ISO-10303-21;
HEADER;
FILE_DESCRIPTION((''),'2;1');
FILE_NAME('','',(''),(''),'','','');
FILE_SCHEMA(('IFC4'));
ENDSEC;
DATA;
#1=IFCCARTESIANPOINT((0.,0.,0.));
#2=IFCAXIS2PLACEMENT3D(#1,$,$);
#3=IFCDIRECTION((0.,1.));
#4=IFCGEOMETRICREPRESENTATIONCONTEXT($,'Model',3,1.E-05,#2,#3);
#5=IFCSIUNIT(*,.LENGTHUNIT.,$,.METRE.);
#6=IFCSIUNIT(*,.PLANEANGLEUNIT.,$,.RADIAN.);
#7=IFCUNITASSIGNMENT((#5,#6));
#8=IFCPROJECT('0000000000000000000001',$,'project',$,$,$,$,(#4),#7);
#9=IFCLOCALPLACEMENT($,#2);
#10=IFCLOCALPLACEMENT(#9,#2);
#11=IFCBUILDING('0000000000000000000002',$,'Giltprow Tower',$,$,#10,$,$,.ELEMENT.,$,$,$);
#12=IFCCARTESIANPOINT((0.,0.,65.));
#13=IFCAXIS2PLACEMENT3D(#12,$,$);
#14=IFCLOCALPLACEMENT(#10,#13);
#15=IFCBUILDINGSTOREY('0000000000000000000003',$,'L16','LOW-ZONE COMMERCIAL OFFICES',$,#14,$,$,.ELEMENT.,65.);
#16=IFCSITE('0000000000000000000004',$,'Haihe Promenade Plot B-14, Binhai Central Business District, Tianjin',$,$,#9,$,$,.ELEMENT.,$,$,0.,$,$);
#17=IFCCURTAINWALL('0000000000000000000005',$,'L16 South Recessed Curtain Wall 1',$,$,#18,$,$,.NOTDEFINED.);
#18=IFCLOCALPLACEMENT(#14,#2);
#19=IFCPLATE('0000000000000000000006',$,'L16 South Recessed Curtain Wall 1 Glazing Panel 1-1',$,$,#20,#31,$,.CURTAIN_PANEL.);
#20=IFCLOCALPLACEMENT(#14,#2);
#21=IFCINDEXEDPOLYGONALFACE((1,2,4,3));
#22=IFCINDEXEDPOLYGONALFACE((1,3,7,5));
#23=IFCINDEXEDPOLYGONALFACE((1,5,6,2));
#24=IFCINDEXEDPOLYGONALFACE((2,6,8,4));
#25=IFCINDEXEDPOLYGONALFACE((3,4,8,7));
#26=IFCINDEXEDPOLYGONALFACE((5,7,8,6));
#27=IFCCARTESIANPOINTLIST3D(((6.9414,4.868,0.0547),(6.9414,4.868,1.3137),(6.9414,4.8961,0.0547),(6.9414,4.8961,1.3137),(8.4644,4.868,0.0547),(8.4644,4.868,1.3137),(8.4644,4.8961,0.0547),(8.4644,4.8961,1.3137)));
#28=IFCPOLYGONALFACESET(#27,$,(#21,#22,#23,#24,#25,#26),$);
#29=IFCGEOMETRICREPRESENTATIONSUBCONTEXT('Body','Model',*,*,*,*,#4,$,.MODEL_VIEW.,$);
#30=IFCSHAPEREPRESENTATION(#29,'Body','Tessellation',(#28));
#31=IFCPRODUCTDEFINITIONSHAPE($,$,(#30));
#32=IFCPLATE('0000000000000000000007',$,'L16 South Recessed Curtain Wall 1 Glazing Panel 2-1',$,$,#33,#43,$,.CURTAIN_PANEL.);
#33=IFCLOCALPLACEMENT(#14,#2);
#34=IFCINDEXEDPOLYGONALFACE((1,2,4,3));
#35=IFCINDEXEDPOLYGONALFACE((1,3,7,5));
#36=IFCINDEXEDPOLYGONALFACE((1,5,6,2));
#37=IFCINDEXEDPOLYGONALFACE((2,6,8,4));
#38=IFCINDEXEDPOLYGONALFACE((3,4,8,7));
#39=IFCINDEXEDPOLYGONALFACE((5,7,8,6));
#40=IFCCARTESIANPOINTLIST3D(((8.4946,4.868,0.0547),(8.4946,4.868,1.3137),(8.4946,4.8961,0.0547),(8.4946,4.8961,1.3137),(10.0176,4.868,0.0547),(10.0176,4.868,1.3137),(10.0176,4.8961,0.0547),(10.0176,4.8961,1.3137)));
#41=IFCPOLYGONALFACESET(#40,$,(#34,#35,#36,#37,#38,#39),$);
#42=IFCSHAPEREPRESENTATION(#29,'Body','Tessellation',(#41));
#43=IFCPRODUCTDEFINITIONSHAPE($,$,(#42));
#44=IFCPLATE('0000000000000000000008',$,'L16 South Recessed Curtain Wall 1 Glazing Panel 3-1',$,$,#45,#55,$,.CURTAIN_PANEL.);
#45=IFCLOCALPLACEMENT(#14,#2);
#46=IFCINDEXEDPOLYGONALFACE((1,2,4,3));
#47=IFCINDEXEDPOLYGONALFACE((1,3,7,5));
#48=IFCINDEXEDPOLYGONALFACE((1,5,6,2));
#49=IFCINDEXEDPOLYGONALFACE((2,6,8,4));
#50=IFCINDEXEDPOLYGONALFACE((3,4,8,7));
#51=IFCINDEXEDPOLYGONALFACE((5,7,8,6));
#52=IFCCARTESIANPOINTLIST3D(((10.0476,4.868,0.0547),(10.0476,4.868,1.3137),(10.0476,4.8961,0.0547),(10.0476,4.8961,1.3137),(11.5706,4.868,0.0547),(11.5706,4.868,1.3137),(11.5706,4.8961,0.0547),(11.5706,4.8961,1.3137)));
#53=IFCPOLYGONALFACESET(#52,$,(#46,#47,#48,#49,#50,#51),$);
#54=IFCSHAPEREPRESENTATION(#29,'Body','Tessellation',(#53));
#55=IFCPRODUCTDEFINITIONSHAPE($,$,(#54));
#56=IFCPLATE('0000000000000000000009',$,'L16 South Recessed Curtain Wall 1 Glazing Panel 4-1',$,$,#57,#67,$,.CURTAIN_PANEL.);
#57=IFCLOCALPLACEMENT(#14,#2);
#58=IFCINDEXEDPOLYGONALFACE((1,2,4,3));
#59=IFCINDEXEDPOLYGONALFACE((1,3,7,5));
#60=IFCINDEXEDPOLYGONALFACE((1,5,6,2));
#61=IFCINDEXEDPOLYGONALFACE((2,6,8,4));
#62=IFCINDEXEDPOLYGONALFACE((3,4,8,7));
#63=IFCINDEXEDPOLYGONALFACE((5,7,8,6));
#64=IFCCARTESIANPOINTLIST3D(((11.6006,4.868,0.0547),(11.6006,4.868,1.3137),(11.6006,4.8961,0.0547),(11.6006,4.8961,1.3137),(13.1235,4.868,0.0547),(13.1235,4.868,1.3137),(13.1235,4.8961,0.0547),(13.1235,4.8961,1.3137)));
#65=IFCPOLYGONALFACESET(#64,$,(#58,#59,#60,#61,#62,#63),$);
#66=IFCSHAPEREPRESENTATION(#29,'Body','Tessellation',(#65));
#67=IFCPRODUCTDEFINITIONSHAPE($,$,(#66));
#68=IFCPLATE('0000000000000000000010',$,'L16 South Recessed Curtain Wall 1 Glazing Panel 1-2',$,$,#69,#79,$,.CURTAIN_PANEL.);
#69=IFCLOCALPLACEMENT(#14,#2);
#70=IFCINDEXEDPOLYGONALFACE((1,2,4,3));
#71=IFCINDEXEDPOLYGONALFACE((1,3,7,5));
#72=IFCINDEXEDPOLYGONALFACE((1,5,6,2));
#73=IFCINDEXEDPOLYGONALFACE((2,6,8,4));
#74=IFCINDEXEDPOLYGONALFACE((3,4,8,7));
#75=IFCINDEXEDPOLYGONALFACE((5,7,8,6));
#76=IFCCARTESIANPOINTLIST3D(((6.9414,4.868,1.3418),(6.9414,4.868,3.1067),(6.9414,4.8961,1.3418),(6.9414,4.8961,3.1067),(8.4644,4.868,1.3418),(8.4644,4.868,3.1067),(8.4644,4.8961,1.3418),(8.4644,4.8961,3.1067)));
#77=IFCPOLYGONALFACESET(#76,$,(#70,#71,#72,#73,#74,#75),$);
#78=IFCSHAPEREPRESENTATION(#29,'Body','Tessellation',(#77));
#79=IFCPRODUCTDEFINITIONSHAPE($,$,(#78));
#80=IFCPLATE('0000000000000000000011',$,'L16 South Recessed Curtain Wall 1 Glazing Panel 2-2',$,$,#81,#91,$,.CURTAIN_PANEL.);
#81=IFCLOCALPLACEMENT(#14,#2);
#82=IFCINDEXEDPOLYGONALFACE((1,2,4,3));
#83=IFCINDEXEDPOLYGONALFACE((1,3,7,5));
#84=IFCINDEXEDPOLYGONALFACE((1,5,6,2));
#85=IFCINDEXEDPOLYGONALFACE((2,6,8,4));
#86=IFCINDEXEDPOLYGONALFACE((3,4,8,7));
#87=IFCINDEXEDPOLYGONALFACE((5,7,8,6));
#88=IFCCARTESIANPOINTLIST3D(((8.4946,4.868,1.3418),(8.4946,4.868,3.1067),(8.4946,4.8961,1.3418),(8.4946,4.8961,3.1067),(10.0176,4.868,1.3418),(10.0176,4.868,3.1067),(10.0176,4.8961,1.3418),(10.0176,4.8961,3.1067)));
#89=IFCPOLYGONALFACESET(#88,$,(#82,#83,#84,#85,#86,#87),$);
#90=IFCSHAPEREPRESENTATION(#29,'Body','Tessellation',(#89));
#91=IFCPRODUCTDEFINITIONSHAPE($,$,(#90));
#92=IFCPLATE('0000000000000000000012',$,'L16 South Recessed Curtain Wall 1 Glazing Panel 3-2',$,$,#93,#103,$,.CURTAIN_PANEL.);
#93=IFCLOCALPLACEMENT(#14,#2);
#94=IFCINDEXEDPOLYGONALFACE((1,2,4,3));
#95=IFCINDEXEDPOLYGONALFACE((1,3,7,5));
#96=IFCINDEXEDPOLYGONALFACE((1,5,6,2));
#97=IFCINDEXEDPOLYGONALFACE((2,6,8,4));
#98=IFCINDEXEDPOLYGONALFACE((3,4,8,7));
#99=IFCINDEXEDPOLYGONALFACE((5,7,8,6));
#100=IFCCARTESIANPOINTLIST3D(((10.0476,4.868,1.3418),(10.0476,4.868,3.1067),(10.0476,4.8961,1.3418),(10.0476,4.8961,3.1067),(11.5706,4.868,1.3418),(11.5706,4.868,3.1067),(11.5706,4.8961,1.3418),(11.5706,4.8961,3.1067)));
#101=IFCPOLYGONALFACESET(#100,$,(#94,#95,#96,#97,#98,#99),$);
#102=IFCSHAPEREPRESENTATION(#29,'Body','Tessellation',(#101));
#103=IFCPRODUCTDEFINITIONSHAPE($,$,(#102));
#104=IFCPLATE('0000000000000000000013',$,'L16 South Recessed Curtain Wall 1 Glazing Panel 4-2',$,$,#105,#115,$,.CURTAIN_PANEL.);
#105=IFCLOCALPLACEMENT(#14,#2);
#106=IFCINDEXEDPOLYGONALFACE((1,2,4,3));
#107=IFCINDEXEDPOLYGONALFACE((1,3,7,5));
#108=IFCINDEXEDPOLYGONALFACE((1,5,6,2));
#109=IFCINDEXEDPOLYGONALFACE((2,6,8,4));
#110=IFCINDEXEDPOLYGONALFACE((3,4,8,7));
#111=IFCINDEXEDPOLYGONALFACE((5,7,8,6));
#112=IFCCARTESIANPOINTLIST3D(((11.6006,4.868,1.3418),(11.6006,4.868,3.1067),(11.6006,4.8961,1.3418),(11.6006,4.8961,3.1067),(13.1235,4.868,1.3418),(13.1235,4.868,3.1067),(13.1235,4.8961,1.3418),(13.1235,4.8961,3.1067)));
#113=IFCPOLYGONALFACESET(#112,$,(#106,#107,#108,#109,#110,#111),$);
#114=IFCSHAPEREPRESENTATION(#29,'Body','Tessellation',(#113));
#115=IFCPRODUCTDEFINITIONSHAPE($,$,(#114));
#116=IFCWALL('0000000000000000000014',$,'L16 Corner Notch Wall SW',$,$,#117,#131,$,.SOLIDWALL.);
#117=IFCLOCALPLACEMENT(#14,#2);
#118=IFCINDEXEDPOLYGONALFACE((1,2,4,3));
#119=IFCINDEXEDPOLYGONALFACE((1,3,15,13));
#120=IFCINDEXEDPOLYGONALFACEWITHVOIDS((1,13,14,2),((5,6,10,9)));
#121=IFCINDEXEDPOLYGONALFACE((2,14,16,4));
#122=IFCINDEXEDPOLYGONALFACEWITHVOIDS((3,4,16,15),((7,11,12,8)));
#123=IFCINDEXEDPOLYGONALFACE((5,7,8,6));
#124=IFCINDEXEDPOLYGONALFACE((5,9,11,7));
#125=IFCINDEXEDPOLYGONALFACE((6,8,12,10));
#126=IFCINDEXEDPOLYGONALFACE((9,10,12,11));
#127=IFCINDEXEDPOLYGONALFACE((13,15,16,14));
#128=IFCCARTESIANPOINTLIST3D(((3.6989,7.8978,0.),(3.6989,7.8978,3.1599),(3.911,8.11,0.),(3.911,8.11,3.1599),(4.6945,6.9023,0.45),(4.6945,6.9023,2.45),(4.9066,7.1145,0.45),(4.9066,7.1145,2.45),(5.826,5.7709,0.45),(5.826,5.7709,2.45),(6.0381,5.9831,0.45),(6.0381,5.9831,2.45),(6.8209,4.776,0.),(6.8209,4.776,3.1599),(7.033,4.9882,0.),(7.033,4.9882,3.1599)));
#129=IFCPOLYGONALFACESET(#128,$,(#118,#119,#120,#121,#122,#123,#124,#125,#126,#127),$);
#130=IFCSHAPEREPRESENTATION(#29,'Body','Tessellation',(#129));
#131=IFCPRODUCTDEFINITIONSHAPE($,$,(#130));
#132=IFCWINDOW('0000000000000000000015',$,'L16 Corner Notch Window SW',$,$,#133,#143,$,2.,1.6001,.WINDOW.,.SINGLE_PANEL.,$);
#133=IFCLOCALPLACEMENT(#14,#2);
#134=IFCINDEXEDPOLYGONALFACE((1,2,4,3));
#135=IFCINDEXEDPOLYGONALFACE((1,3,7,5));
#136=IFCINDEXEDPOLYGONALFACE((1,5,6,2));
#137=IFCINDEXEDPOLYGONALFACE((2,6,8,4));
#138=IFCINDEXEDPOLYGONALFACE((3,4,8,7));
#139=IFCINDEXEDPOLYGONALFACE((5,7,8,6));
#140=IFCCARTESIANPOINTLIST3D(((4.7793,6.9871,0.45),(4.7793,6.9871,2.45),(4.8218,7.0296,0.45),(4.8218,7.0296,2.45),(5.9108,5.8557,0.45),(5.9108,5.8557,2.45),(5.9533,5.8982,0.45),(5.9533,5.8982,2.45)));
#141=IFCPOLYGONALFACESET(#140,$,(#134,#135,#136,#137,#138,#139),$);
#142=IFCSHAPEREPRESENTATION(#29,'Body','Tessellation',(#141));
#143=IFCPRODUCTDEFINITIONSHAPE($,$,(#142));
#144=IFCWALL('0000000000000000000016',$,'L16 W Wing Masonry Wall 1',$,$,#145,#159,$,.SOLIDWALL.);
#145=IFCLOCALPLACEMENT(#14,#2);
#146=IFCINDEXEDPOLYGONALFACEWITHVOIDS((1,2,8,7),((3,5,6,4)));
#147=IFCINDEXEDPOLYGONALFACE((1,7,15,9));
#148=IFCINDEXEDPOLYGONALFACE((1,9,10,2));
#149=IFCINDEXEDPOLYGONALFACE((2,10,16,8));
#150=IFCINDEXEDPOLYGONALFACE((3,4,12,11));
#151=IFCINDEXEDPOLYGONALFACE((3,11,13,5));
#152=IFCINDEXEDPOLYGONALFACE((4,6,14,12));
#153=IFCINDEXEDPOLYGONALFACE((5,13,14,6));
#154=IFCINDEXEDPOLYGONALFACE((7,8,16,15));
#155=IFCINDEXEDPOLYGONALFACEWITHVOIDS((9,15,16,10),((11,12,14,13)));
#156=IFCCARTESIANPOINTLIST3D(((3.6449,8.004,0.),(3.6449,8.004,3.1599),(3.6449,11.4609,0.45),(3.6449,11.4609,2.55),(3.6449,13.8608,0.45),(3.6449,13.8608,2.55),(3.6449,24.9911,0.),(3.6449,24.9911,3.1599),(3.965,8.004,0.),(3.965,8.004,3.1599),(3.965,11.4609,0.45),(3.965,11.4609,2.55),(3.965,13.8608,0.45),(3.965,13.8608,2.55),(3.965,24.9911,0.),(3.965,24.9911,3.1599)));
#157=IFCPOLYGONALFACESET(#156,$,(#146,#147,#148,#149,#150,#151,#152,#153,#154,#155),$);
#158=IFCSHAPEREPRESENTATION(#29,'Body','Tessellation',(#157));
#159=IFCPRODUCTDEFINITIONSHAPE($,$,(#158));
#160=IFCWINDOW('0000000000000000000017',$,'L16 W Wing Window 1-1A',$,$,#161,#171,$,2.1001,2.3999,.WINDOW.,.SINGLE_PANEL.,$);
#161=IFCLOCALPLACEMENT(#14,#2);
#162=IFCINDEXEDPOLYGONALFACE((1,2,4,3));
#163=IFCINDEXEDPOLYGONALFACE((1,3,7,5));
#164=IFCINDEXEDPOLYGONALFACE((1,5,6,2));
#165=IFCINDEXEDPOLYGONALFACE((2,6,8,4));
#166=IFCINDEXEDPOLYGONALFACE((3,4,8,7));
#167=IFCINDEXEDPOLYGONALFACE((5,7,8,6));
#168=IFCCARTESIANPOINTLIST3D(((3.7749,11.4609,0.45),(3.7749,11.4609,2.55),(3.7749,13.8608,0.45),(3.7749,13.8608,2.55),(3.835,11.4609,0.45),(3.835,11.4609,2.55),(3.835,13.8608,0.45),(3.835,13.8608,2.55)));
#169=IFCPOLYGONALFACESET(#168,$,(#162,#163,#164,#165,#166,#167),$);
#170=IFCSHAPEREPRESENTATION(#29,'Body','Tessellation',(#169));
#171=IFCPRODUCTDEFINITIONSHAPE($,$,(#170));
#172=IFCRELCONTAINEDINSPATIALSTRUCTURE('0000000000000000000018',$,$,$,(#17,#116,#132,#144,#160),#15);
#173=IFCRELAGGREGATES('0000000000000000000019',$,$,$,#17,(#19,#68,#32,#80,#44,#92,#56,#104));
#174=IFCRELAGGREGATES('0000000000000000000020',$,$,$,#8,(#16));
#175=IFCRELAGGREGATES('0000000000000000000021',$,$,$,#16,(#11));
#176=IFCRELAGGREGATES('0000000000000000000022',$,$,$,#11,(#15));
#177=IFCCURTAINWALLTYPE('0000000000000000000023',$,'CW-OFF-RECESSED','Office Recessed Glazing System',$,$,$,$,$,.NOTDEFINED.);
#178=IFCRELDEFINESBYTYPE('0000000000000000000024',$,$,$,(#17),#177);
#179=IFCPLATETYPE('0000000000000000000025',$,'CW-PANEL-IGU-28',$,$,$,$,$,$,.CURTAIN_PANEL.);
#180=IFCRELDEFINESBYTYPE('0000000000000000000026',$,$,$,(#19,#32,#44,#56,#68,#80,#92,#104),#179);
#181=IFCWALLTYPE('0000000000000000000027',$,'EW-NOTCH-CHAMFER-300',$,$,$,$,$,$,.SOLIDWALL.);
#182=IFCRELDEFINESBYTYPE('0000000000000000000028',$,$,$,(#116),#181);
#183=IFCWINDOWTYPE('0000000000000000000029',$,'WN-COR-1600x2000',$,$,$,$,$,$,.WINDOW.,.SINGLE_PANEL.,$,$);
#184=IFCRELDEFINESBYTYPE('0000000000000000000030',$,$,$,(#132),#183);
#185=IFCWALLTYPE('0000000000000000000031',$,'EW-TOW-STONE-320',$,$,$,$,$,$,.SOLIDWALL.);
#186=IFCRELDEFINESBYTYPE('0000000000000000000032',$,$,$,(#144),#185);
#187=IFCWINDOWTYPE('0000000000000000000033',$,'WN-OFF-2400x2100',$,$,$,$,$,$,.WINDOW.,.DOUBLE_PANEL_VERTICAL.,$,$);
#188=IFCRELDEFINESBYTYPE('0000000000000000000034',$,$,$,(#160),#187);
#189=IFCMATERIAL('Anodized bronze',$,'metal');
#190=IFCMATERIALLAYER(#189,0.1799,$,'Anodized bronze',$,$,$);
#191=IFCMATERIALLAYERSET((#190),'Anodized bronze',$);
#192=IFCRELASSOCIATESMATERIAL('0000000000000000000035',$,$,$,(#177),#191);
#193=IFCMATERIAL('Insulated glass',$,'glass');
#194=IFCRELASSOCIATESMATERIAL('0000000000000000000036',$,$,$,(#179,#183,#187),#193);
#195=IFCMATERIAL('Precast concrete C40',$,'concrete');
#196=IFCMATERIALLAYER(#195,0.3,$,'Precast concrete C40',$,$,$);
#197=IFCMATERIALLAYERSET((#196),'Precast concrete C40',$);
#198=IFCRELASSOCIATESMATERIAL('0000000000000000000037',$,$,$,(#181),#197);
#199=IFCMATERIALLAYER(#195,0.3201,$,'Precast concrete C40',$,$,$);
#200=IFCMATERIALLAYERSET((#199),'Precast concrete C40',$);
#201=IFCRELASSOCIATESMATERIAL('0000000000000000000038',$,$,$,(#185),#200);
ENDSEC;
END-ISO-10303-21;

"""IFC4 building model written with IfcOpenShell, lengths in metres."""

from ifc_helpers import new_model, si_unit, direction, frame, frame_2d, origin, origin_2d, place, context, subcontext, project, spatial, rectangle, extrude, source, transform, mapped, material, layer, layer_set, type_object, element, fill, aggregate, save


model = new_model("IFC4")

# Units and contexts
model_context = context("Model", 3, precision=1e-05, world=origin(), true_north=direction((0.0, 1.0)))
body_context = subcontext(model_context, "Body", "Model", "MODEL_VIEW")
ifc_project = project(units=[si_unit("LENGTHUNIT", "METRE"), si_unit("PLANEANGLEUNIT", "RADIAN")], contexts=[model_context])

# Site, building, storey
site_placement = place(None, origin())
site = spatial("IfcSite", under=ifc_project, at=site_placement, Name="Haihe Promenade Plot B-14, Binhai Central Business District, Tianjin", CompositionType="ELEMENT", RefElevation=0.0)
building_placement = place(site_placement, origin())
building = spatial("IfcBuilding", under=site, at=building_placement, Name="Giltprow Tower", CompositionType="ELEMENT")
storey_placement = place(building_placement, frame((0.0, 0.0, 65.0)))
storey = spatial("IfcBuildingStorey", under=building, at=storey_placement, Name="L16", Description="LOW-ZONE COMMERCIAL OFFICES", CompositionType="ELEMENT", Elevation=65.0)

# Curtain wall
ifc_material_1 = material(Name="Anodized bronze", Category="metal")
ifc_layer_1 = layer(ifc_material_1, 0.1799, Name="Anodized bronze")
ifc_layer_set_1 = layer_set([ifc_layer_1], Name="Anodized bronze")
curtain_wall_type = type_object("IfcCurtainWallType", Name="CW-OFF-RECESSED", Description="Office Recessed Glazing System", PredefinedType="NOTDEFINED", material=ifc_layer_set_1)
curtain_wall_placement = place(storey_placement, origin())
curtain_wall = element("IfcCurtainWall", 1, at=curtain_wall_placement, inside=storey, type_object=curtain_wall_type, Name="L16 South Recessed Curtain Wall 1", PredefinedType="NOTDEFINED")

# Plates
ifc_material_2 = material(Name="Insulated glass", Category="glass")
plate_type = type_object("IfcPlateType", Name="CW-PANEL-IGU-28", PredefinedType="CURTAIN_PANEL", material=ifc_material_2)
shared_shape_1 = source(origin(), body_context, "Body", "SweptSolid", [
    extrude(rectangle(XDim=1.5229, YDim=0.0281, at=origin_2d()), origin(), (0.0, 0.0, 1.0), 1.259),
])
plate_1_placement = place(storey_placement, frame((7.7029, 4.8821, 0.0547), z_axis=(0.0, 0.0, 1.0), x_axis=(1.0, 0.0, 0.0)))
plate_1 = element("IfcPlate", 2, at=plate_1_placement, type_object=plate_type, Name="L16 South Recessed Curtain Wall 1 Glazing Panel 1-1", PredefinedType="CURTAIN_PANEL", context=body_context, shape_type="MappedRepresentation", body=[
    mapped(shared_shape_1, transform((0.0, 0.0, 0.0), x_axis=(1.0, 0.0, 0.0), y_axis=(0.0, 1.0, 0.0), z_axis=(0.0, 0.0, 1.0), scale=1.0)),
])
plate_2_placement = place(storey_placement, frame((9.2561, 4.8821, 0.0547), z_axis=(0.0, 0.0, 1.0), x_axis=(1.0, 0.0, 0.0)))
plate_2 = element("IfcPlate", 3, at=plate_2_placement, type_object=plate_type, Name="L16 South Recessed Curtain Wall 1 Glazing Panel 2-1", PredefinedType="CURTAIN_PANEL", context=body_context, shape_type="MappedRepresentation", body=[
    mapped(shared_shape_1, transform((0.0, 0.0, 0.0), x_axis=(1.0, 0.0, 0.0), y_axis=(0.0, 1.0, 0.0), z_axis=(0.0, 0.0, 1.0), scale=1.0)),
])
plate_3_placement = place(storey_placement, frame((10.8091, 4.8821, 0.0547), z_axis=(0.0, 0.0, 1.0), x_axis=(1.0, 0.0, 0.0)))
plate_3 = element("IfcPlate", 4, at=plate_3_placement, type_object=plate_type, Name="L16 South Recessed Curtain Wall 1 Glazing Panel 3-1", PredefinedType="CURTAIN_PANEL", context=body_context, shape_type="MappedRepresentation", body=[
    mapped(shared_shape_1, transform((0.0, 0.0, 0.0), x_axis=(1.0, 0.0, 0.0), y_axis=(0.0, 1.0, 0.0), z_axis=(0.0, 0.0, 1.0), scale=1.0)),
])
plate_4_placement = place(storey_placement, frame((12.3621, 4.8821, 0.0547), z_axis=(0.0, 0.0, 1.0), x_axis=(1.0, 0.0, 0.0)))
plate_4 = element("IfcPlate", 5, at=plate_4_placement, type_object=plate_type, Name="L16 South Recessed Curtain Wall 1 Glazing Panel 4-1", PredefinedType="CURTAIN_PANEL", context=body_context, shape_type="MappedRepresentation", body=[
    mapped(shared_shape_1, transform((0.0, 0.0, 0.0), x_axis=(1.0, 0.0, 0.0), y_axis=(0.0, 1.0, 0.0), z_axis=(0.0, 0.0, 1.0), scale=1.0)),
])
shared_shape_2 = source(origin(), body_context, "Body", "SweptSolid", [
    extrude(rectangle(XDim=1.5229, YDim=0.0281, at=origin_2d()), origin(), (0.0, 0.0, 1.0), 1.7649),
])
plate_5_placement = place(storey_placement, frame((7.7029, 4.8821, 1.3418), z_axis=(0.0, 0.0, 1.0), x_axis=(1.0, 0.0, 0.0)))
plate_5 = element("IfcPlate", 6, at=plate_5_placement, type_object=plate_type, Name="L16 South Recessed Curtain Wall 1 Glazing Panel 1-2", PredefinedType="CURTAIN_PANEL", context=body_context, shape_type="MappedRepresentation", body=[
    mapped(shared_shape_2, transform((0.0, 0.0, 0.0), x_axis=(1.0, 0.0, 0.0), y_axis=(0.0, 1.0, 0.0), z_axis=(0.0, 0.0, 1.0), scale=1.0)),
])
plate_6_placement = place(storey_placement, frame((9.2561, 4.8821, 1.3418), z_axis=(0.0, 0.0, 1.0), x_axis=(1.0, 0.0, 0.0)))
plate_6 = element("IfcPlate", 7, at=plate_6_placement, type_object=plate_type, Name="L16 South Recessed Curtain Wall 1 Glazing Panel 2-2", PredefinedType="CURTAIN_PANEL", context=body_context, shape_type="MappedRepresentation", body=[
    mapped(shared_shape_2, transform((0.0, 0.0, 0.0), x_axis=(1.0, 0.0, 0.0), y_axis=(0.0, 1.0, 0.0), z_axis=(0.0, 0.0, 1.0), scale=1.0)),
])
plate_7_placement = place(storey_placement, frame((10.8091, 4.8821, 1.3418), z_axis=(0.0, 0.0, 1.0), x_axis=(1.0, 0.0, 0.0)))
plate_7 = element("IfcPlate", 8, at=plate_7_placement, type_object=plate_type, Name="L16 South Recessed Curtain Wall 1 Glazing Panel 3-2", PredefinedType="CURTAIN_PANEL", context=body_context, shape_type="MappedRepresentation", body=[
    mapped(shared_shape_2, transform((0.0, 0.0, 0.0), x_axis=(1.0, 0.0, 0.0), y_axis=(0.0, 1.0, 0.0), z_axis=(0.0, 0.0, 1.0), scale=1.0)),
])
plate_8_placement = place(storey_placement, frame((12.3621, 4.8821, 1.3418), z_axis=(0.0, 0.0, 1.0), x_axis=(1.0, 0.0, 0.0)))
plate_8 = element("IfcPlate", 9, at=plate_8_placement, type_object=plate_type, Name="L16 South Recessed Curtain Wall 1 Glazing Panel 4-2", PredefinedType="CURTAIN_PANEL", context=body_context, shape_type="MappedRepresentation", body=[
    mapped(shared_shape_2, transform((0.0, 0.0, 0.0), x_axis=(1.0, 0.0, 0.0), y_axis=(0.0, 1.0, 0.0), z_axis=(0.0, 0.0, 1.0), scale=1.0)),
])
aggregate(curtain_wall, [plate_1, plate_5, plate_2, plate_6, plate_3, plate_7, plate_4, plate_8])

# Walls, openings, windows
ifc_material_3 = material(Name="Precast concrete C40", Category="concrete")
ifc_layer_2 = layer(ifc_material_3, 0.3, Name="Precast concrete C40")
ifc_layer_set_2 = layer_set([ifc_layer_2], Name="Precast concrete C40")
wall_type_1 = type_object("IfcWallType", Name="EW-NOTCH-CHAMFER-300", PredefinedType="SOLIDWALL", material=ifc_layer_set_2)
wall_1_placement = place(storey_placement, frame((3.8049, 8.0039, 0.0), z_axis=(0.0, 0.0, 1.0), x_axis=(0.707134, -0.707079, 0.0)))
wall_1 = element("IfcWall", 10, at=wall_1_placement, inside=storey, type_object=wall_type_1, Name="L16 Corner Notch Wall SW", PredefinedType="SOLIDWALL", context=body_context, shape_type="SweptSolid", body=[
    extrude(rectangle(XDim=4.415, YDim=0.3, at=frame_2d((2.2075, 0.0))), origin(), (0.0, 0.0, 1.0), 3.1599),
])
opening_1_placement = place(wall_1_placement, frame((1.408, 0.0, 0.45)))
opening_1 = element("IfcOpeningElement", 11, at=opening_1_placement, cuts=wall_1, PredefinedType="OPENING", context=body_context, shape_type="SweptSolid", body=[
    extrude(rectangle(XDim=1.6001, YDim=2.0, at=frame_2d((0.8, 1.0))), frame((0.0, 0.1599, 0.0), z_axis=(0.0, -1.0, 0.0), x_axis=(1.0, 0.0, 0.0)), (0.0, 0.0, 1.0), 0.3201),
])
window_type_1 = type_object("IfcWindowType", Name="WN-COR-1600x2000", PartitioningType="SINGLE_PANEL", PredefinedType="WINDOW", material=ifc_material_2)
shared_shape_3 = source(origin(), body_context, "Body", "SweptSolid", [
    extrude(rectangle(XDim=1.6001, YDim=2.0, at=frame_2d((0.8, 1.0))), frame((0.0, 0.03, 0.0), z_axis=(0.0, -1.0, 0.0), x_axis=(1.0, 0.0, 0.0)), (0.0, 0.0, 1.0), 0.0601),
])
window_1_placement = place(opening_1_placement, origin())
window_1 = element("IfcWindow", 12, at=window_1_placement, inside=storey, type_object=window_type_1, Name="L16 Corner Notch Window SW", OverallHeight=2.0, OverallWidth=1.6001, PartitioningType="SINGLE_PANEL", PredefinedType="WINDOW", context=body_context, shape_type="MappedRepresentation", body=[
    mapped(shared_shape_3, transform((0.0, 0.0, 0.0), x_axis=(1.0, 0.0, 0.0), y_axis=(0.0, 1.0, 0.0), z_axis=(0.0, 0.0, 1.0), scale=1.0)),
])
fill(opening_1, window_1)
ifc_layer_3 = layer(ifc_material_3, 0.3201, Name="Precast concrete C40")
ifc_layer_set_3 = layer_set([ifc_layer_3], Name="Precast concrete C40")
wall_type_2 = type_object("IfcWallType", Name="EW-TOW-STONE-320", PredefinedType="SOLIDWALL", material=ifc_layer_set_3)
wall_2_placement = place(storey_placement, frame((3.8049, 8.0039, 0.0), z_axis=(0.0, 0.0, 1.0), x_axis=(0.0, 1.0, 0.0)))
wall_2 = element("IfcWall", 13, at=wall_2_placement, inside=storey, type_object=wall_type_2, Name="L16 W Wing Masonry Wall 1", PredefinedType="SOLIDWALL", context=body_context, shape_type="SweptSolid", body=[
    extrude(rectangle(XDim=16.9871, YDim=0.3201, at=frame_2d((8.4937, 0.0))), origin(), (0.0, 0.0, 1.0), 3.1599),
])
opening_2_placement = place(wall_2_placement, frame((3.457, 0.0, 0.45)))
opening_2 = element("IfcOpeningElement", 14, at=opening_2_placement, cuts=wall_2, PredefinedType="OPENING", context=body_context, shape_type="SweptSolid", body=[
    extrude(rectangle(XDim=2.3999, YDim=2.1001, at=frame_2d((1.2, 1.05))), frame((0.0, 0.1699, 0.0), z_axis=(0.0, -1.0, 0.0), x_axis=(1.0, 0.0, 0.0)), (0.0, 0.0, 1.0), 0.3401),
])
window_type_2 = type_object("IfcWindowType", Name="WN-OFF-2400x2100", PartitioningType="DOUBLE_PANEL_VERTICAL", PredefinedType="WINDOW", material=ifc_material_2)
shared_shape_4 = source(origin(), body_context, "Body", "SweptSolid", [
    extrude(rectangle(XDim=2.3999, YDim=2.1001, at=frame_2d((1.2, 1.05))), frame((0.0, 0.03, 0.0), z_axis=(0.0, -1.0, 0.0), x_axis=(1.0, 0.0, 0.0)), (0.0, 0.0, 1.0), 0.0601),
])
window_2_placement = place(opening_2_placement, origin())
window_2 = element("IfcWindow", 15, at=window_2_placement, inside=storey, type_object=window_type_2, Name="L16 W Wing Window 1-1A", OverallHeight=2.1001, OverallWidth=2.3999, PartitioningType="SINGLE_PANEL", PredefinedType="WINDOW", context=body_context, shape_type="MappedRepresentation", body=[
    mapped(shared_shape_4, transform((0.0, 0.0, 0.0), x_axis=(1.0, 0.0, 0.0), y_axis=(0.0, 1.0, 0.0), z_axis=(0.0, 0.0, 1.0), scale=1.0)),
])
fill(opening_2, window_2)

save(model, "model.ifc")
